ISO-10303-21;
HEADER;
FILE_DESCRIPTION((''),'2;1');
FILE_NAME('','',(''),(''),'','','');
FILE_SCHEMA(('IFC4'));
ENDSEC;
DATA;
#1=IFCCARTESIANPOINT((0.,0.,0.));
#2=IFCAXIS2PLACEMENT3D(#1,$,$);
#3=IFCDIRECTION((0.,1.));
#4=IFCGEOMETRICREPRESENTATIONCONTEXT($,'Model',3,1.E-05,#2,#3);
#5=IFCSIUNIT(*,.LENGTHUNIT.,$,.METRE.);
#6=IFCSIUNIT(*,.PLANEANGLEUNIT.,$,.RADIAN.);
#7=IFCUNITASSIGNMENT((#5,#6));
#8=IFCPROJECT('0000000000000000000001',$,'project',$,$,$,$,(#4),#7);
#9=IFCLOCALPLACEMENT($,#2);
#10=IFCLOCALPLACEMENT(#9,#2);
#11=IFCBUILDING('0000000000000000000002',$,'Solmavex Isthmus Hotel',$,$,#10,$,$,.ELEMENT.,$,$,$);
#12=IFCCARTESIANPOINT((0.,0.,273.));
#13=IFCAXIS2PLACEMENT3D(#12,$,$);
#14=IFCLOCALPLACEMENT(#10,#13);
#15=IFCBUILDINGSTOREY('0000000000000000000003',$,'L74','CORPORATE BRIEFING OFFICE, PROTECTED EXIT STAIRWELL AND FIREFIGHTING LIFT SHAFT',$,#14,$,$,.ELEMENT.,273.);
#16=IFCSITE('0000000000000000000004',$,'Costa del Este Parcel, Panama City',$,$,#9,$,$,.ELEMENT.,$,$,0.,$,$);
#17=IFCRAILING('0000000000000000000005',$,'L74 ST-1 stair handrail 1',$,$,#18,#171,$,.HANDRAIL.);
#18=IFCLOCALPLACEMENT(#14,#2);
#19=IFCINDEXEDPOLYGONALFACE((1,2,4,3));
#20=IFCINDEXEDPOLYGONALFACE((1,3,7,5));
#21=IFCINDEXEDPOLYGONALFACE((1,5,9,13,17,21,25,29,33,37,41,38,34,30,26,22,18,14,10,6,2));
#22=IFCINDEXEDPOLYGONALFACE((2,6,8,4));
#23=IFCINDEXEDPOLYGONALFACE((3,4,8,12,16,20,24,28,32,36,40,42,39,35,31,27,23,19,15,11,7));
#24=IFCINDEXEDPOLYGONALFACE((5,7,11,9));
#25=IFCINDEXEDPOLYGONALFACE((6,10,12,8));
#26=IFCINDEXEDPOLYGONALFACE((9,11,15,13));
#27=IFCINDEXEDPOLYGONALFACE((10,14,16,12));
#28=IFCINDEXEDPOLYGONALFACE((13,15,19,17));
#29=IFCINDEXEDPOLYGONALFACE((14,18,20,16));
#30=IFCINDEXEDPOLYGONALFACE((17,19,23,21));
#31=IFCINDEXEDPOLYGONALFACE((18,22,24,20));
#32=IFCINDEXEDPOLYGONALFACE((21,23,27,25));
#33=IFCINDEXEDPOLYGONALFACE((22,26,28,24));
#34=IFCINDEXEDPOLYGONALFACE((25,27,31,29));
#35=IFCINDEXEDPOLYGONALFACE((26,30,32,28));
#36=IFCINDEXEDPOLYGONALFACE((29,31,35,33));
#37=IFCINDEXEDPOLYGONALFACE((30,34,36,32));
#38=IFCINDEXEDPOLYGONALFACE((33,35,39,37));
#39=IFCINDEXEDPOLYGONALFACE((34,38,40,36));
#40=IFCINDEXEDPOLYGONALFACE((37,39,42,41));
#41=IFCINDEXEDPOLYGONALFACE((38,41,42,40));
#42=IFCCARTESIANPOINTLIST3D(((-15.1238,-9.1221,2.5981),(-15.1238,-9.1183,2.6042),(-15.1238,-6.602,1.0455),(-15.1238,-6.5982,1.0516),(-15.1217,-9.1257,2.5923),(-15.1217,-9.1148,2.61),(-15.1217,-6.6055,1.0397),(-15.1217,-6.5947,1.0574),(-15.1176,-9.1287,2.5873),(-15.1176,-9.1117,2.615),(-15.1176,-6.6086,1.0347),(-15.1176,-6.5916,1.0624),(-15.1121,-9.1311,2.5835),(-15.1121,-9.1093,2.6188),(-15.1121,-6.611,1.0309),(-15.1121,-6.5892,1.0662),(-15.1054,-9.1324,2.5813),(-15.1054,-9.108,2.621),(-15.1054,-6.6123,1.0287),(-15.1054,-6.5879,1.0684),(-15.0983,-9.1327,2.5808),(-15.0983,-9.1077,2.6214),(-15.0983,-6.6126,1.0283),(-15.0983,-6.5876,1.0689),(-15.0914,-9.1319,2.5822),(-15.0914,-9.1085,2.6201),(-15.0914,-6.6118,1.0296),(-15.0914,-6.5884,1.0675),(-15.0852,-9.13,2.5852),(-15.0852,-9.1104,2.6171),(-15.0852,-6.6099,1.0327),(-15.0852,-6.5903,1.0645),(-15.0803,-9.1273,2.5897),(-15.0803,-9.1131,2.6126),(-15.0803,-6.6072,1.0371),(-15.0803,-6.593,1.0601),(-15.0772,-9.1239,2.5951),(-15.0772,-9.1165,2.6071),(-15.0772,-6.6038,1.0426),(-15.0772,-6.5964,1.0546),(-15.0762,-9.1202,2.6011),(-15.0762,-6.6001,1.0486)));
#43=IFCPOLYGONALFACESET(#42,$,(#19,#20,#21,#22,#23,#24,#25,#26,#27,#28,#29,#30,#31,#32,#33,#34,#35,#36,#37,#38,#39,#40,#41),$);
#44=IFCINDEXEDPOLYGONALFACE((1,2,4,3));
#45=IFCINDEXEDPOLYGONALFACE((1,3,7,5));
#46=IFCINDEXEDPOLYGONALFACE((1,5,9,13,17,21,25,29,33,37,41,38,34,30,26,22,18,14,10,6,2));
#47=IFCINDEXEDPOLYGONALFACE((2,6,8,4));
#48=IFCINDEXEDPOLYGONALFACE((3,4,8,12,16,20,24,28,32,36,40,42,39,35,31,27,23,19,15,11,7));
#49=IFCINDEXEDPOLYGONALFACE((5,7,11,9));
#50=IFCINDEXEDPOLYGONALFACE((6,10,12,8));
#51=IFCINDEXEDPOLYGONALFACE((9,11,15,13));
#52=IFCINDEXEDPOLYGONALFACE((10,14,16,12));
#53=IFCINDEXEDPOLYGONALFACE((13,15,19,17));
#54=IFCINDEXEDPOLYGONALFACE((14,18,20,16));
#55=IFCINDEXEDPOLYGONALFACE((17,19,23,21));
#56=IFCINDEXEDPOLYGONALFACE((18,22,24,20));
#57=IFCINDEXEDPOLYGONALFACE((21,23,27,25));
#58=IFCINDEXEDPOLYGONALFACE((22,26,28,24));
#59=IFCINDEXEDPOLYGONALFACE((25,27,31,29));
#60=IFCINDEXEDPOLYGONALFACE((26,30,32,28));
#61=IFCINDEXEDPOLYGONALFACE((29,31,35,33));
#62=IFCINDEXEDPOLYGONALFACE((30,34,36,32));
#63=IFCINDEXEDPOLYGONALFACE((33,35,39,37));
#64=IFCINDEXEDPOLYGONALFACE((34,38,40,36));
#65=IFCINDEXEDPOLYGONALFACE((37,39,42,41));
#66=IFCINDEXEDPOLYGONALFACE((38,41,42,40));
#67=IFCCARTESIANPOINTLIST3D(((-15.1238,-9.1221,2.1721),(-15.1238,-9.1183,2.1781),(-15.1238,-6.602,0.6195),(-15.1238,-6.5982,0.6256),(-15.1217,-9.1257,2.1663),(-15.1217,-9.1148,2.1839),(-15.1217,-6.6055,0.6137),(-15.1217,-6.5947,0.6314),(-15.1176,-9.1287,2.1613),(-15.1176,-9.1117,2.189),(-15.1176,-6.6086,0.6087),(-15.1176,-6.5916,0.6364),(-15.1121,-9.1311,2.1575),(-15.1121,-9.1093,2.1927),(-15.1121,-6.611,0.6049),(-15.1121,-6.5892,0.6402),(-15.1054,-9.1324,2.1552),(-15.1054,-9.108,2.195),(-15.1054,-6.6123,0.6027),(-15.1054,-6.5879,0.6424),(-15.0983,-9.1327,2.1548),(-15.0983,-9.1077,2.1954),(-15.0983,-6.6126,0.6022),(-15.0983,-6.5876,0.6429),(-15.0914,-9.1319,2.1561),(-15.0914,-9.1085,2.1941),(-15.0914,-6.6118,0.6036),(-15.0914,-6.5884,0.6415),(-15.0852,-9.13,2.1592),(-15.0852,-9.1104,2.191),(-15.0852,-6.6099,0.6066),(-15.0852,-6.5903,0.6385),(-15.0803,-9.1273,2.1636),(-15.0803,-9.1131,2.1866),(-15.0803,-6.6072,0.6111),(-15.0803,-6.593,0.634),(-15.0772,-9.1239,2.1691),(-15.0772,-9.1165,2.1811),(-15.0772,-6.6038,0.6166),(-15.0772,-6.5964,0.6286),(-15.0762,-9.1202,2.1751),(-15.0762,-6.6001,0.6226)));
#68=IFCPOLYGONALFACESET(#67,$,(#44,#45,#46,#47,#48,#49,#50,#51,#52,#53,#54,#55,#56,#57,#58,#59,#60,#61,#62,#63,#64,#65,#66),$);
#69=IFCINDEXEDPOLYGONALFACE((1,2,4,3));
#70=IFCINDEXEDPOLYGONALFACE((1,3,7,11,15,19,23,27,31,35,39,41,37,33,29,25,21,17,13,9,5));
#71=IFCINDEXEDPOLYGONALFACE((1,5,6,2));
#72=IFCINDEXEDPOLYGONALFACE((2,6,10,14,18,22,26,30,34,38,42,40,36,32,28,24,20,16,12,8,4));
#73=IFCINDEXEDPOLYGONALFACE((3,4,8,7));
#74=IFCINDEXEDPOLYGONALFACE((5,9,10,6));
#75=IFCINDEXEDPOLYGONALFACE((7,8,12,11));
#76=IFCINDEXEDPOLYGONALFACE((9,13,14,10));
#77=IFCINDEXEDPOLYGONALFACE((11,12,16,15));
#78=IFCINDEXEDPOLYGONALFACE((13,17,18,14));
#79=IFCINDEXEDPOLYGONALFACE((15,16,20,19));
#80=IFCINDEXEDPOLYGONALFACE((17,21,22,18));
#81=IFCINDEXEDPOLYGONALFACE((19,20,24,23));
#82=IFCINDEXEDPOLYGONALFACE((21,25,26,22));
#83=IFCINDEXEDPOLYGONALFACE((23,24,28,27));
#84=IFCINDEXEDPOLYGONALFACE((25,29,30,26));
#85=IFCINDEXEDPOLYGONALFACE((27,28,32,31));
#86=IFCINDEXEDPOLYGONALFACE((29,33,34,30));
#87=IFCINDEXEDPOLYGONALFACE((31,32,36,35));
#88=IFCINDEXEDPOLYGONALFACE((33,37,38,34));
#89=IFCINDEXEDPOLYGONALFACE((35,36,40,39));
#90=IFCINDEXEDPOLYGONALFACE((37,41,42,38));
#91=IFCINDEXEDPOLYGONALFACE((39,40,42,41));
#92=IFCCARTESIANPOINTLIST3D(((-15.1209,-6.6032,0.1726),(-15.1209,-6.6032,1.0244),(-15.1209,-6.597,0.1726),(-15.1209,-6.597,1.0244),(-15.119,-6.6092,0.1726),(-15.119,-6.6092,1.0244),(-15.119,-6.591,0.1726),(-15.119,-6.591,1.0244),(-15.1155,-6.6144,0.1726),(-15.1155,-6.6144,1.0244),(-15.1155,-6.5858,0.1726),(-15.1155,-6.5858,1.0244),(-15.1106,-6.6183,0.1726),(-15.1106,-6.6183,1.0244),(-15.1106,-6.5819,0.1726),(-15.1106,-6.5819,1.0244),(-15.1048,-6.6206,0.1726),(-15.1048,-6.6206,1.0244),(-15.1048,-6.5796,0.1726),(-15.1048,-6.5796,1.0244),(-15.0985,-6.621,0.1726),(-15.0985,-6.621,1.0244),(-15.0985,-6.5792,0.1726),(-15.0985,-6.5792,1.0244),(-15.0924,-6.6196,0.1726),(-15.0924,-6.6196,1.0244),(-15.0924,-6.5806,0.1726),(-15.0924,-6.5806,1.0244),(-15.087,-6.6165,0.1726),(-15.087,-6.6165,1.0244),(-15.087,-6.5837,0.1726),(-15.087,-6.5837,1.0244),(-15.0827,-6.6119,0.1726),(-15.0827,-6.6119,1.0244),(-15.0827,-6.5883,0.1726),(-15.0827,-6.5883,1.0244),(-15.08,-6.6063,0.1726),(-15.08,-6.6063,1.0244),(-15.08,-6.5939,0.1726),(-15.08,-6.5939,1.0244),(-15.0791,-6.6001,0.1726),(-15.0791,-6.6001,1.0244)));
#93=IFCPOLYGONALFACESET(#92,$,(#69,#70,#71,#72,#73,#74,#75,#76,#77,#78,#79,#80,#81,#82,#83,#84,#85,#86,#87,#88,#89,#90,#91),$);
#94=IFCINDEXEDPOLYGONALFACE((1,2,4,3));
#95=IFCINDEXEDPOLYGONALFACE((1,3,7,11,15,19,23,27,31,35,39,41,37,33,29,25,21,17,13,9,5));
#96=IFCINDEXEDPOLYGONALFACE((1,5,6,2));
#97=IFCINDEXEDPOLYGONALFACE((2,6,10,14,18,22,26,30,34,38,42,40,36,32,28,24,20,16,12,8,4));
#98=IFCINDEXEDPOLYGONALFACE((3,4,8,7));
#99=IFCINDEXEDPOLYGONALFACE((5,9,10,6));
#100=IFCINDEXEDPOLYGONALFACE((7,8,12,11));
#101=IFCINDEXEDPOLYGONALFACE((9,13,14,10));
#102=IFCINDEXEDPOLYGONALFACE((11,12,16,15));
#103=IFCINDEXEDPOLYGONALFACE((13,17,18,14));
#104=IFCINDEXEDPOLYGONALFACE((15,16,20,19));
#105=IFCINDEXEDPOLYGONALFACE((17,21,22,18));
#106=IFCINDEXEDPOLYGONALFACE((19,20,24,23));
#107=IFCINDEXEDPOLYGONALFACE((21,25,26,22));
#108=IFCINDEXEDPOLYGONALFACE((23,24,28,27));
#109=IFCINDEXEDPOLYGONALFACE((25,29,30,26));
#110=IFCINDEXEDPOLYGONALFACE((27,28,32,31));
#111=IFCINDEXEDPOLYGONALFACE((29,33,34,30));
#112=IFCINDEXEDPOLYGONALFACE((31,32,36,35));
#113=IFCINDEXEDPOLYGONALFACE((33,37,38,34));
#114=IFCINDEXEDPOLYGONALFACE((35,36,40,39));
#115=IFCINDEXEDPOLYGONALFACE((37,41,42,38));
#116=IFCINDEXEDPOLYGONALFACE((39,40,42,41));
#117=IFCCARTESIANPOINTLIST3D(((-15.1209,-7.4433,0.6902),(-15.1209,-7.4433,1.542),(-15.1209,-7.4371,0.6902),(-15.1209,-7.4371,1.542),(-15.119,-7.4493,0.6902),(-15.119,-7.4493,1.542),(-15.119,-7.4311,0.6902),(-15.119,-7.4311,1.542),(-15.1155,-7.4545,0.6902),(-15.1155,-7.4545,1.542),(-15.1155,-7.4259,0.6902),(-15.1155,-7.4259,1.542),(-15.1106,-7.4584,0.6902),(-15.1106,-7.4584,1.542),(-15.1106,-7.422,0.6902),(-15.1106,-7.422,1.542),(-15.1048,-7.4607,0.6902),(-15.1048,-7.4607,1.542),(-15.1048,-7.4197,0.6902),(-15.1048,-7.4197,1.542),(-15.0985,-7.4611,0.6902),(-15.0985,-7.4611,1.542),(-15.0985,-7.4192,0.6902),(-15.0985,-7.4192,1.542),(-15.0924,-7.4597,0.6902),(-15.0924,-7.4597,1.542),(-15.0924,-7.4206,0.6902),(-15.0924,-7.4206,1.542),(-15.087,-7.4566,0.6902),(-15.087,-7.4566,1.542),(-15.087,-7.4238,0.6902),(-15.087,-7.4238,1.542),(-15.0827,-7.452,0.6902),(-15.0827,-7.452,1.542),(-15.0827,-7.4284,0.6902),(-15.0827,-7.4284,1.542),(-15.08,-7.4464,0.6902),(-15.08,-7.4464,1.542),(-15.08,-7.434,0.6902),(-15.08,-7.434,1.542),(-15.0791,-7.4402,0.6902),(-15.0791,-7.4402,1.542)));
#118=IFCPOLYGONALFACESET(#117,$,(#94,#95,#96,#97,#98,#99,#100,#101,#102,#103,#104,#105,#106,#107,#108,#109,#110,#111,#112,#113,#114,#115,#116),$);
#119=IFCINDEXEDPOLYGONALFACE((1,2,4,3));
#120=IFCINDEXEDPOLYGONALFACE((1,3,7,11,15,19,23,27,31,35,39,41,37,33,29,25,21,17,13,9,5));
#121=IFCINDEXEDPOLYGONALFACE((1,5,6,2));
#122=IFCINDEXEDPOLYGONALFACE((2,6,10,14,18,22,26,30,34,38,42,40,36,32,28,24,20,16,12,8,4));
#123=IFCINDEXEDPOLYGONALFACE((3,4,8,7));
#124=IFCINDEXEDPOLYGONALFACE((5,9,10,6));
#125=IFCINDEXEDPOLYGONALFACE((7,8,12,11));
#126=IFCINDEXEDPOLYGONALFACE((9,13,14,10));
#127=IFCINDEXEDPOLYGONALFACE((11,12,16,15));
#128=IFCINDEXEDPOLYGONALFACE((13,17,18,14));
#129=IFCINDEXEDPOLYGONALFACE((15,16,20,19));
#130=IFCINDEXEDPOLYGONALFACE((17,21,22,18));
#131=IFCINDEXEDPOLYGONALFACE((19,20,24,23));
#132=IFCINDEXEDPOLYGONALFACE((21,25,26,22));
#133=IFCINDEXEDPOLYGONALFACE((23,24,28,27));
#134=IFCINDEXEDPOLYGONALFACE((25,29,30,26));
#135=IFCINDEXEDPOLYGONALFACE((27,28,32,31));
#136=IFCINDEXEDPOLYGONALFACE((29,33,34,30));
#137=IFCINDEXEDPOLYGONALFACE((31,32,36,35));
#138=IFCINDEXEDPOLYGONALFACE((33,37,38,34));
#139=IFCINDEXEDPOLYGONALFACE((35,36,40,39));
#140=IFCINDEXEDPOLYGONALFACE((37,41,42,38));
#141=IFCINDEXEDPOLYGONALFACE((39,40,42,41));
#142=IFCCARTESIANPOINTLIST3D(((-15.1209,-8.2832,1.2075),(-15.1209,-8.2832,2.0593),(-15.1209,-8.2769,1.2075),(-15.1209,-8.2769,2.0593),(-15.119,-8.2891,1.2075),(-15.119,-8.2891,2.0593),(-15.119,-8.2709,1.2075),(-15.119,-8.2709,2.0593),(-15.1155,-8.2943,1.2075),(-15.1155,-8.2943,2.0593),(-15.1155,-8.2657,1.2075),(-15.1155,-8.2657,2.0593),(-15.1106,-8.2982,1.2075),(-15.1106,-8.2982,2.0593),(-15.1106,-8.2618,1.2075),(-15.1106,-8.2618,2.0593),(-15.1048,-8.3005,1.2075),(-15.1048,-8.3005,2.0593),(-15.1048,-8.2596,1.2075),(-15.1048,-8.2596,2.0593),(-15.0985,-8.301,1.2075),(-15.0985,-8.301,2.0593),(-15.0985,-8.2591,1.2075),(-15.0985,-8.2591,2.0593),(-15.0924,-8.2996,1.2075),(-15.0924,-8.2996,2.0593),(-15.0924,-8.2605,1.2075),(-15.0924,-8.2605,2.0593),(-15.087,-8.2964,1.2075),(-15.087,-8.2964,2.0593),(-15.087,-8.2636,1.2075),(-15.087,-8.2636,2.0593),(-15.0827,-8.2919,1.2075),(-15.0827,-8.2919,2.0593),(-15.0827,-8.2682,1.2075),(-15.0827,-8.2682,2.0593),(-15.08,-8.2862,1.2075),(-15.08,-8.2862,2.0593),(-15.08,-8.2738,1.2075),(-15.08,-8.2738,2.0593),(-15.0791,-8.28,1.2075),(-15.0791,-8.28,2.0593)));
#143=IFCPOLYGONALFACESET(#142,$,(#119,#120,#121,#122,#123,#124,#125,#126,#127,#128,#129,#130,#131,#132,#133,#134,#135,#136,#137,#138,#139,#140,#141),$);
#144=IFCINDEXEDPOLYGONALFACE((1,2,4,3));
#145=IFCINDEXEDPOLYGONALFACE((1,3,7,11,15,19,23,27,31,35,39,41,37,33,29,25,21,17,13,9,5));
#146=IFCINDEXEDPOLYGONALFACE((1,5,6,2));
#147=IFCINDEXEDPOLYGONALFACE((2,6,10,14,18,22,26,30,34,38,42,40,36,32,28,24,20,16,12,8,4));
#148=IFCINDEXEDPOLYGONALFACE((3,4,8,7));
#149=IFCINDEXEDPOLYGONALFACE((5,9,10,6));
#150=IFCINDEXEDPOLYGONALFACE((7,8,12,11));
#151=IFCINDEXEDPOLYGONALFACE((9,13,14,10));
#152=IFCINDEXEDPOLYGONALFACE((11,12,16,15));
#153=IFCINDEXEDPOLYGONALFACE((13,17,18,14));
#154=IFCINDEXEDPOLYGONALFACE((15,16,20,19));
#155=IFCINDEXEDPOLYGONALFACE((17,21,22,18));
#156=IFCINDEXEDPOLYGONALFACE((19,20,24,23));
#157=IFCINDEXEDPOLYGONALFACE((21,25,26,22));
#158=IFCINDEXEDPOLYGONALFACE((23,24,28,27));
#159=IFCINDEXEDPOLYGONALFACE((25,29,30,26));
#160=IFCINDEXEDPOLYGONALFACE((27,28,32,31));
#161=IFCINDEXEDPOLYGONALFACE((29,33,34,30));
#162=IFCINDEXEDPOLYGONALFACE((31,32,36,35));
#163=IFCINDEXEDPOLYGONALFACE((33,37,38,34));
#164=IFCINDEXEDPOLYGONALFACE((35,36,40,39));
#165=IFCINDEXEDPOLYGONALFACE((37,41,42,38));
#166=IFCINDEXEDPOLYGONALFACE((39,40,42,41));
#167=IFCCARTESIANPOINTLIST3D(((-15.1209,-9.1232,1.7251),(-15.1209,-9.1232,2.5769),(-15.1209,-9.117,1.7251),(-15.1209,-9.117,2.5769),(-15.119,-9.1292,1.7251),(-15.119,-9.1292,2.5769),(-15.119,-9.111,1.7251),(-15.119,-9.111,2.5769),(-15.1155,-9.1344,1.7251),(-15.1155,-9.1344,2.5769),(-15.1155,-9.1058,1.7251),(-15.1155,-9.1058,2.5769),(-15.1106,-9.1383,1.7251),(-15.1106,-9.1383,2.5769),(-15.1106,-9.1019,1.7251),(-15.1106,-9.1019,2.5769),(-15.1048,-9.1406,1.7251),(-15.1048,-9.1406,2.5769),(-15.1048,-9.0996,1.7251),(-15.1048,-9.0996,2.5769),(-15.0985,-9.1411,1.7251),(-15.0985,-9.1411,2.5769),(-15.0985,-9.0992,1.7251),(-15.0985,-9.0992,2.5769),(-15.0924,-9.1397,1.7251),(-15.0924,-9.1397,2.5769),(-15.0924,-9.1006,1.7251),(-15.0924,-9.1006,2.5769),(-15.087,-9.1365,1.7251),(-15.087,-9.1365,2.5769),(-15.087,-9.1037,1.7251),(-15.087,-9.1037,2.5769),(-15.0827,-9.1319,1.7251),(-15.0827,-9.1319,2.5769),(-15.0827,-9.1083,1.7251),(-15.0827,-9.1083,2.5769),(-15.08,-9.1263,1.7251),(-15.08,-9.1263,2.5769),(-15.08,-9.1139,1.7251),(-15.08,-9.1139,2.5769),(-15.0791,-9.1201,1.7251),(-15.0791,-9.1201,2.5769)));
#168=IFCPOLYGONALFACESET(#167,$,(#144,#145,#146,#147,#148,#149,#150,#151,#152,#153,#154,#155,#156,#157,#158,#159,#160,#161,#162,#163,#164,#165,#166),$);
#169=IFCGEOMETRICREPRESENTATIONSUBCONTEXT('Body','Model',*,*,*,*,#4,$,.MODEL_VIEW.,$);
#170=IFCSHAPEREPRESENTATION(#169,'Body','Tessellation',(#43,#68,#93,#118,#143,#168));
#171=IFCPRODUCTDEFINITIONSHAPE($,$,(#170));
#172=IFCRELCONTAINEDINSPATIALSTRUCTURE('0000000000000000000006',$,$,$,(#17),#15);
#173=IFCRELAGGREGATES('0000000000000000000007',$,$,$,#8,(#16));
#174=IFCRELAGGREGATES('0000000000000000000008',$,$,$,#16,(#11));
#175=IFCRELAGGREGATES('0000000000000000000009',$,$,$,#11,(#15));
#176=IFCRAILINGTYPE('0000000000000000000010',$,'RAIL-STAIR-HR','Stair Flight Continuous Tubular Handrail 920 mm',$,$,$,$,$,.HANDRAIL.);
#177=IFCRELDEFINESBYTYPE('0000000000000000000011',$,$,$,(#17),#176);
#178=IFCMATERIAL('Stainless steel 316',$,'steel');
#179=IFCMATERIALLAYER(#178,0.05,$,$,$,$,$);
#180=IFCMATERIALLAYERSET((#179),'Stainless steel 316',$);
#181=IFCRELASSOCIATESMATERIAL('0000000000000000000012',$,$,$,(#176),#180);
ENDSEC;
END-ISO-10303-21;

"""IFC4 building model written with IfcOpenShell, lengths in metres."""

from ifc_helpers import new_model, si_unit, direction, frame, origin, origin_2d, place, context, subcontext, project, spatial, circle, extrude, material, layer, layer_set, type_object, element, save


model = new_model("IFC4")

# Units and contexts
model_context = context("Model", 3, precision=1e-05, world=origin(), true_north=direction((0.0, 1.0)))
body_context = subcontext(model_context, "Body", "Model", "MODEL_VIEW")
ifc_project = project(units=[si_unit("LENGTHUNIT", "METRE"), si_unit("PLANEANGLEUNIT", "RADIAN")], contexts=[model_context])

# Site, building, storey
site_placement = place(None, origin())
site = spatial("IfcSite", under=ifc_project, at=site_placement, Name="Costa del Este Parcel, Panama City", CompositionType="ELEMENT", RefElevation=0.0)
building_placement = place(site_placement, origin())
building = spatial("IfcBuilding", under=site, at=building_placement, Name="Solmavex Isthmus Hotel", CompositionType="ELEMENT")
storey_placement = place(building_placement, frame((0.0, 0.0, 273.0)))
storey = spatial("IfcBuildingStorey", under=building, at=storey_placement, Name="L74", Description="CORPORATE BRIEFING OFFICE, PROTECTED EXIT STAIRWELL AND FIREFIGHTING LIFT SHAFT", CompositionType="ELEMENT", Elevation=273.0)

# Shared definitions
ifc_material_1 = material(Name="Stainless steel 316", Category="steel")

# Railing
ifc_layer_1 = layer(ifc_material_1, 0.05)
ifc_layer_set_1 = layer_set([ifc_layer_1], Name="Stainless steel 316")
railing_type_1 = type_object("IfcRailingType", Name="RAIL-STAIR-HR", Description="Stair Flight Continuous Tubular Handrail 920 mm", PredefinedType="HANDRAIL", material=ifc_layer_set_1)
railing_1_placement = place(storey_placement, frame((-15.1001, -6.6001, 0.1726)))
element("IfcRailing", 1, at=railing_1_placement, inside=storey, type_object=railing_type_1, Name="L74 ST-1 stair handrail 1", PredefinedType="HANDRAIL", context=body_context, shape_type="SweptSolid", body=[
    extrude(circle(Radius=0.0239, at=origin_2d()), frame((0.0, 0.0, 0.876), z_axis=(0.0, -0.8514, 0.524516), x_axis=(1.0, 0.0, 0.0)), (0.0, 0.0, 1.0), 2.96),
    extrude(circle(Radius=0.0239, at=origin_2d()), frame((0.0, 0.0, 0.45), z_axis=(0.0, -0.8514, 0.524516), x_axis=(1.0, 0.0, 0.0)), (0.0, 0.0, 1.0), 2.96),
    extrude(circle(Radius=0.021, at=origin_2d()), origin(), (0.0, 0.0, 1.0), 0.8518),
    extrude(circle(Radius=0.021, at=origin_2d()), frame((0.0, -0.8401, 0.5176)), (0.0, 0.0, 1.0), 0.8518),
    extrude(circle(Radius=0.021, at=origin_2d()), frame((0.0, -1.6799, 1.0349)), (0.0, 0.0, 1.0), 0.8518),
    extrude(circle(Radius=0.021, at=origin_2d()), frame((0.0, -2.52, 1.5525)), (0.0, 0.0, 1.0), 0.8518),
])

save(model, "model.ifc")
